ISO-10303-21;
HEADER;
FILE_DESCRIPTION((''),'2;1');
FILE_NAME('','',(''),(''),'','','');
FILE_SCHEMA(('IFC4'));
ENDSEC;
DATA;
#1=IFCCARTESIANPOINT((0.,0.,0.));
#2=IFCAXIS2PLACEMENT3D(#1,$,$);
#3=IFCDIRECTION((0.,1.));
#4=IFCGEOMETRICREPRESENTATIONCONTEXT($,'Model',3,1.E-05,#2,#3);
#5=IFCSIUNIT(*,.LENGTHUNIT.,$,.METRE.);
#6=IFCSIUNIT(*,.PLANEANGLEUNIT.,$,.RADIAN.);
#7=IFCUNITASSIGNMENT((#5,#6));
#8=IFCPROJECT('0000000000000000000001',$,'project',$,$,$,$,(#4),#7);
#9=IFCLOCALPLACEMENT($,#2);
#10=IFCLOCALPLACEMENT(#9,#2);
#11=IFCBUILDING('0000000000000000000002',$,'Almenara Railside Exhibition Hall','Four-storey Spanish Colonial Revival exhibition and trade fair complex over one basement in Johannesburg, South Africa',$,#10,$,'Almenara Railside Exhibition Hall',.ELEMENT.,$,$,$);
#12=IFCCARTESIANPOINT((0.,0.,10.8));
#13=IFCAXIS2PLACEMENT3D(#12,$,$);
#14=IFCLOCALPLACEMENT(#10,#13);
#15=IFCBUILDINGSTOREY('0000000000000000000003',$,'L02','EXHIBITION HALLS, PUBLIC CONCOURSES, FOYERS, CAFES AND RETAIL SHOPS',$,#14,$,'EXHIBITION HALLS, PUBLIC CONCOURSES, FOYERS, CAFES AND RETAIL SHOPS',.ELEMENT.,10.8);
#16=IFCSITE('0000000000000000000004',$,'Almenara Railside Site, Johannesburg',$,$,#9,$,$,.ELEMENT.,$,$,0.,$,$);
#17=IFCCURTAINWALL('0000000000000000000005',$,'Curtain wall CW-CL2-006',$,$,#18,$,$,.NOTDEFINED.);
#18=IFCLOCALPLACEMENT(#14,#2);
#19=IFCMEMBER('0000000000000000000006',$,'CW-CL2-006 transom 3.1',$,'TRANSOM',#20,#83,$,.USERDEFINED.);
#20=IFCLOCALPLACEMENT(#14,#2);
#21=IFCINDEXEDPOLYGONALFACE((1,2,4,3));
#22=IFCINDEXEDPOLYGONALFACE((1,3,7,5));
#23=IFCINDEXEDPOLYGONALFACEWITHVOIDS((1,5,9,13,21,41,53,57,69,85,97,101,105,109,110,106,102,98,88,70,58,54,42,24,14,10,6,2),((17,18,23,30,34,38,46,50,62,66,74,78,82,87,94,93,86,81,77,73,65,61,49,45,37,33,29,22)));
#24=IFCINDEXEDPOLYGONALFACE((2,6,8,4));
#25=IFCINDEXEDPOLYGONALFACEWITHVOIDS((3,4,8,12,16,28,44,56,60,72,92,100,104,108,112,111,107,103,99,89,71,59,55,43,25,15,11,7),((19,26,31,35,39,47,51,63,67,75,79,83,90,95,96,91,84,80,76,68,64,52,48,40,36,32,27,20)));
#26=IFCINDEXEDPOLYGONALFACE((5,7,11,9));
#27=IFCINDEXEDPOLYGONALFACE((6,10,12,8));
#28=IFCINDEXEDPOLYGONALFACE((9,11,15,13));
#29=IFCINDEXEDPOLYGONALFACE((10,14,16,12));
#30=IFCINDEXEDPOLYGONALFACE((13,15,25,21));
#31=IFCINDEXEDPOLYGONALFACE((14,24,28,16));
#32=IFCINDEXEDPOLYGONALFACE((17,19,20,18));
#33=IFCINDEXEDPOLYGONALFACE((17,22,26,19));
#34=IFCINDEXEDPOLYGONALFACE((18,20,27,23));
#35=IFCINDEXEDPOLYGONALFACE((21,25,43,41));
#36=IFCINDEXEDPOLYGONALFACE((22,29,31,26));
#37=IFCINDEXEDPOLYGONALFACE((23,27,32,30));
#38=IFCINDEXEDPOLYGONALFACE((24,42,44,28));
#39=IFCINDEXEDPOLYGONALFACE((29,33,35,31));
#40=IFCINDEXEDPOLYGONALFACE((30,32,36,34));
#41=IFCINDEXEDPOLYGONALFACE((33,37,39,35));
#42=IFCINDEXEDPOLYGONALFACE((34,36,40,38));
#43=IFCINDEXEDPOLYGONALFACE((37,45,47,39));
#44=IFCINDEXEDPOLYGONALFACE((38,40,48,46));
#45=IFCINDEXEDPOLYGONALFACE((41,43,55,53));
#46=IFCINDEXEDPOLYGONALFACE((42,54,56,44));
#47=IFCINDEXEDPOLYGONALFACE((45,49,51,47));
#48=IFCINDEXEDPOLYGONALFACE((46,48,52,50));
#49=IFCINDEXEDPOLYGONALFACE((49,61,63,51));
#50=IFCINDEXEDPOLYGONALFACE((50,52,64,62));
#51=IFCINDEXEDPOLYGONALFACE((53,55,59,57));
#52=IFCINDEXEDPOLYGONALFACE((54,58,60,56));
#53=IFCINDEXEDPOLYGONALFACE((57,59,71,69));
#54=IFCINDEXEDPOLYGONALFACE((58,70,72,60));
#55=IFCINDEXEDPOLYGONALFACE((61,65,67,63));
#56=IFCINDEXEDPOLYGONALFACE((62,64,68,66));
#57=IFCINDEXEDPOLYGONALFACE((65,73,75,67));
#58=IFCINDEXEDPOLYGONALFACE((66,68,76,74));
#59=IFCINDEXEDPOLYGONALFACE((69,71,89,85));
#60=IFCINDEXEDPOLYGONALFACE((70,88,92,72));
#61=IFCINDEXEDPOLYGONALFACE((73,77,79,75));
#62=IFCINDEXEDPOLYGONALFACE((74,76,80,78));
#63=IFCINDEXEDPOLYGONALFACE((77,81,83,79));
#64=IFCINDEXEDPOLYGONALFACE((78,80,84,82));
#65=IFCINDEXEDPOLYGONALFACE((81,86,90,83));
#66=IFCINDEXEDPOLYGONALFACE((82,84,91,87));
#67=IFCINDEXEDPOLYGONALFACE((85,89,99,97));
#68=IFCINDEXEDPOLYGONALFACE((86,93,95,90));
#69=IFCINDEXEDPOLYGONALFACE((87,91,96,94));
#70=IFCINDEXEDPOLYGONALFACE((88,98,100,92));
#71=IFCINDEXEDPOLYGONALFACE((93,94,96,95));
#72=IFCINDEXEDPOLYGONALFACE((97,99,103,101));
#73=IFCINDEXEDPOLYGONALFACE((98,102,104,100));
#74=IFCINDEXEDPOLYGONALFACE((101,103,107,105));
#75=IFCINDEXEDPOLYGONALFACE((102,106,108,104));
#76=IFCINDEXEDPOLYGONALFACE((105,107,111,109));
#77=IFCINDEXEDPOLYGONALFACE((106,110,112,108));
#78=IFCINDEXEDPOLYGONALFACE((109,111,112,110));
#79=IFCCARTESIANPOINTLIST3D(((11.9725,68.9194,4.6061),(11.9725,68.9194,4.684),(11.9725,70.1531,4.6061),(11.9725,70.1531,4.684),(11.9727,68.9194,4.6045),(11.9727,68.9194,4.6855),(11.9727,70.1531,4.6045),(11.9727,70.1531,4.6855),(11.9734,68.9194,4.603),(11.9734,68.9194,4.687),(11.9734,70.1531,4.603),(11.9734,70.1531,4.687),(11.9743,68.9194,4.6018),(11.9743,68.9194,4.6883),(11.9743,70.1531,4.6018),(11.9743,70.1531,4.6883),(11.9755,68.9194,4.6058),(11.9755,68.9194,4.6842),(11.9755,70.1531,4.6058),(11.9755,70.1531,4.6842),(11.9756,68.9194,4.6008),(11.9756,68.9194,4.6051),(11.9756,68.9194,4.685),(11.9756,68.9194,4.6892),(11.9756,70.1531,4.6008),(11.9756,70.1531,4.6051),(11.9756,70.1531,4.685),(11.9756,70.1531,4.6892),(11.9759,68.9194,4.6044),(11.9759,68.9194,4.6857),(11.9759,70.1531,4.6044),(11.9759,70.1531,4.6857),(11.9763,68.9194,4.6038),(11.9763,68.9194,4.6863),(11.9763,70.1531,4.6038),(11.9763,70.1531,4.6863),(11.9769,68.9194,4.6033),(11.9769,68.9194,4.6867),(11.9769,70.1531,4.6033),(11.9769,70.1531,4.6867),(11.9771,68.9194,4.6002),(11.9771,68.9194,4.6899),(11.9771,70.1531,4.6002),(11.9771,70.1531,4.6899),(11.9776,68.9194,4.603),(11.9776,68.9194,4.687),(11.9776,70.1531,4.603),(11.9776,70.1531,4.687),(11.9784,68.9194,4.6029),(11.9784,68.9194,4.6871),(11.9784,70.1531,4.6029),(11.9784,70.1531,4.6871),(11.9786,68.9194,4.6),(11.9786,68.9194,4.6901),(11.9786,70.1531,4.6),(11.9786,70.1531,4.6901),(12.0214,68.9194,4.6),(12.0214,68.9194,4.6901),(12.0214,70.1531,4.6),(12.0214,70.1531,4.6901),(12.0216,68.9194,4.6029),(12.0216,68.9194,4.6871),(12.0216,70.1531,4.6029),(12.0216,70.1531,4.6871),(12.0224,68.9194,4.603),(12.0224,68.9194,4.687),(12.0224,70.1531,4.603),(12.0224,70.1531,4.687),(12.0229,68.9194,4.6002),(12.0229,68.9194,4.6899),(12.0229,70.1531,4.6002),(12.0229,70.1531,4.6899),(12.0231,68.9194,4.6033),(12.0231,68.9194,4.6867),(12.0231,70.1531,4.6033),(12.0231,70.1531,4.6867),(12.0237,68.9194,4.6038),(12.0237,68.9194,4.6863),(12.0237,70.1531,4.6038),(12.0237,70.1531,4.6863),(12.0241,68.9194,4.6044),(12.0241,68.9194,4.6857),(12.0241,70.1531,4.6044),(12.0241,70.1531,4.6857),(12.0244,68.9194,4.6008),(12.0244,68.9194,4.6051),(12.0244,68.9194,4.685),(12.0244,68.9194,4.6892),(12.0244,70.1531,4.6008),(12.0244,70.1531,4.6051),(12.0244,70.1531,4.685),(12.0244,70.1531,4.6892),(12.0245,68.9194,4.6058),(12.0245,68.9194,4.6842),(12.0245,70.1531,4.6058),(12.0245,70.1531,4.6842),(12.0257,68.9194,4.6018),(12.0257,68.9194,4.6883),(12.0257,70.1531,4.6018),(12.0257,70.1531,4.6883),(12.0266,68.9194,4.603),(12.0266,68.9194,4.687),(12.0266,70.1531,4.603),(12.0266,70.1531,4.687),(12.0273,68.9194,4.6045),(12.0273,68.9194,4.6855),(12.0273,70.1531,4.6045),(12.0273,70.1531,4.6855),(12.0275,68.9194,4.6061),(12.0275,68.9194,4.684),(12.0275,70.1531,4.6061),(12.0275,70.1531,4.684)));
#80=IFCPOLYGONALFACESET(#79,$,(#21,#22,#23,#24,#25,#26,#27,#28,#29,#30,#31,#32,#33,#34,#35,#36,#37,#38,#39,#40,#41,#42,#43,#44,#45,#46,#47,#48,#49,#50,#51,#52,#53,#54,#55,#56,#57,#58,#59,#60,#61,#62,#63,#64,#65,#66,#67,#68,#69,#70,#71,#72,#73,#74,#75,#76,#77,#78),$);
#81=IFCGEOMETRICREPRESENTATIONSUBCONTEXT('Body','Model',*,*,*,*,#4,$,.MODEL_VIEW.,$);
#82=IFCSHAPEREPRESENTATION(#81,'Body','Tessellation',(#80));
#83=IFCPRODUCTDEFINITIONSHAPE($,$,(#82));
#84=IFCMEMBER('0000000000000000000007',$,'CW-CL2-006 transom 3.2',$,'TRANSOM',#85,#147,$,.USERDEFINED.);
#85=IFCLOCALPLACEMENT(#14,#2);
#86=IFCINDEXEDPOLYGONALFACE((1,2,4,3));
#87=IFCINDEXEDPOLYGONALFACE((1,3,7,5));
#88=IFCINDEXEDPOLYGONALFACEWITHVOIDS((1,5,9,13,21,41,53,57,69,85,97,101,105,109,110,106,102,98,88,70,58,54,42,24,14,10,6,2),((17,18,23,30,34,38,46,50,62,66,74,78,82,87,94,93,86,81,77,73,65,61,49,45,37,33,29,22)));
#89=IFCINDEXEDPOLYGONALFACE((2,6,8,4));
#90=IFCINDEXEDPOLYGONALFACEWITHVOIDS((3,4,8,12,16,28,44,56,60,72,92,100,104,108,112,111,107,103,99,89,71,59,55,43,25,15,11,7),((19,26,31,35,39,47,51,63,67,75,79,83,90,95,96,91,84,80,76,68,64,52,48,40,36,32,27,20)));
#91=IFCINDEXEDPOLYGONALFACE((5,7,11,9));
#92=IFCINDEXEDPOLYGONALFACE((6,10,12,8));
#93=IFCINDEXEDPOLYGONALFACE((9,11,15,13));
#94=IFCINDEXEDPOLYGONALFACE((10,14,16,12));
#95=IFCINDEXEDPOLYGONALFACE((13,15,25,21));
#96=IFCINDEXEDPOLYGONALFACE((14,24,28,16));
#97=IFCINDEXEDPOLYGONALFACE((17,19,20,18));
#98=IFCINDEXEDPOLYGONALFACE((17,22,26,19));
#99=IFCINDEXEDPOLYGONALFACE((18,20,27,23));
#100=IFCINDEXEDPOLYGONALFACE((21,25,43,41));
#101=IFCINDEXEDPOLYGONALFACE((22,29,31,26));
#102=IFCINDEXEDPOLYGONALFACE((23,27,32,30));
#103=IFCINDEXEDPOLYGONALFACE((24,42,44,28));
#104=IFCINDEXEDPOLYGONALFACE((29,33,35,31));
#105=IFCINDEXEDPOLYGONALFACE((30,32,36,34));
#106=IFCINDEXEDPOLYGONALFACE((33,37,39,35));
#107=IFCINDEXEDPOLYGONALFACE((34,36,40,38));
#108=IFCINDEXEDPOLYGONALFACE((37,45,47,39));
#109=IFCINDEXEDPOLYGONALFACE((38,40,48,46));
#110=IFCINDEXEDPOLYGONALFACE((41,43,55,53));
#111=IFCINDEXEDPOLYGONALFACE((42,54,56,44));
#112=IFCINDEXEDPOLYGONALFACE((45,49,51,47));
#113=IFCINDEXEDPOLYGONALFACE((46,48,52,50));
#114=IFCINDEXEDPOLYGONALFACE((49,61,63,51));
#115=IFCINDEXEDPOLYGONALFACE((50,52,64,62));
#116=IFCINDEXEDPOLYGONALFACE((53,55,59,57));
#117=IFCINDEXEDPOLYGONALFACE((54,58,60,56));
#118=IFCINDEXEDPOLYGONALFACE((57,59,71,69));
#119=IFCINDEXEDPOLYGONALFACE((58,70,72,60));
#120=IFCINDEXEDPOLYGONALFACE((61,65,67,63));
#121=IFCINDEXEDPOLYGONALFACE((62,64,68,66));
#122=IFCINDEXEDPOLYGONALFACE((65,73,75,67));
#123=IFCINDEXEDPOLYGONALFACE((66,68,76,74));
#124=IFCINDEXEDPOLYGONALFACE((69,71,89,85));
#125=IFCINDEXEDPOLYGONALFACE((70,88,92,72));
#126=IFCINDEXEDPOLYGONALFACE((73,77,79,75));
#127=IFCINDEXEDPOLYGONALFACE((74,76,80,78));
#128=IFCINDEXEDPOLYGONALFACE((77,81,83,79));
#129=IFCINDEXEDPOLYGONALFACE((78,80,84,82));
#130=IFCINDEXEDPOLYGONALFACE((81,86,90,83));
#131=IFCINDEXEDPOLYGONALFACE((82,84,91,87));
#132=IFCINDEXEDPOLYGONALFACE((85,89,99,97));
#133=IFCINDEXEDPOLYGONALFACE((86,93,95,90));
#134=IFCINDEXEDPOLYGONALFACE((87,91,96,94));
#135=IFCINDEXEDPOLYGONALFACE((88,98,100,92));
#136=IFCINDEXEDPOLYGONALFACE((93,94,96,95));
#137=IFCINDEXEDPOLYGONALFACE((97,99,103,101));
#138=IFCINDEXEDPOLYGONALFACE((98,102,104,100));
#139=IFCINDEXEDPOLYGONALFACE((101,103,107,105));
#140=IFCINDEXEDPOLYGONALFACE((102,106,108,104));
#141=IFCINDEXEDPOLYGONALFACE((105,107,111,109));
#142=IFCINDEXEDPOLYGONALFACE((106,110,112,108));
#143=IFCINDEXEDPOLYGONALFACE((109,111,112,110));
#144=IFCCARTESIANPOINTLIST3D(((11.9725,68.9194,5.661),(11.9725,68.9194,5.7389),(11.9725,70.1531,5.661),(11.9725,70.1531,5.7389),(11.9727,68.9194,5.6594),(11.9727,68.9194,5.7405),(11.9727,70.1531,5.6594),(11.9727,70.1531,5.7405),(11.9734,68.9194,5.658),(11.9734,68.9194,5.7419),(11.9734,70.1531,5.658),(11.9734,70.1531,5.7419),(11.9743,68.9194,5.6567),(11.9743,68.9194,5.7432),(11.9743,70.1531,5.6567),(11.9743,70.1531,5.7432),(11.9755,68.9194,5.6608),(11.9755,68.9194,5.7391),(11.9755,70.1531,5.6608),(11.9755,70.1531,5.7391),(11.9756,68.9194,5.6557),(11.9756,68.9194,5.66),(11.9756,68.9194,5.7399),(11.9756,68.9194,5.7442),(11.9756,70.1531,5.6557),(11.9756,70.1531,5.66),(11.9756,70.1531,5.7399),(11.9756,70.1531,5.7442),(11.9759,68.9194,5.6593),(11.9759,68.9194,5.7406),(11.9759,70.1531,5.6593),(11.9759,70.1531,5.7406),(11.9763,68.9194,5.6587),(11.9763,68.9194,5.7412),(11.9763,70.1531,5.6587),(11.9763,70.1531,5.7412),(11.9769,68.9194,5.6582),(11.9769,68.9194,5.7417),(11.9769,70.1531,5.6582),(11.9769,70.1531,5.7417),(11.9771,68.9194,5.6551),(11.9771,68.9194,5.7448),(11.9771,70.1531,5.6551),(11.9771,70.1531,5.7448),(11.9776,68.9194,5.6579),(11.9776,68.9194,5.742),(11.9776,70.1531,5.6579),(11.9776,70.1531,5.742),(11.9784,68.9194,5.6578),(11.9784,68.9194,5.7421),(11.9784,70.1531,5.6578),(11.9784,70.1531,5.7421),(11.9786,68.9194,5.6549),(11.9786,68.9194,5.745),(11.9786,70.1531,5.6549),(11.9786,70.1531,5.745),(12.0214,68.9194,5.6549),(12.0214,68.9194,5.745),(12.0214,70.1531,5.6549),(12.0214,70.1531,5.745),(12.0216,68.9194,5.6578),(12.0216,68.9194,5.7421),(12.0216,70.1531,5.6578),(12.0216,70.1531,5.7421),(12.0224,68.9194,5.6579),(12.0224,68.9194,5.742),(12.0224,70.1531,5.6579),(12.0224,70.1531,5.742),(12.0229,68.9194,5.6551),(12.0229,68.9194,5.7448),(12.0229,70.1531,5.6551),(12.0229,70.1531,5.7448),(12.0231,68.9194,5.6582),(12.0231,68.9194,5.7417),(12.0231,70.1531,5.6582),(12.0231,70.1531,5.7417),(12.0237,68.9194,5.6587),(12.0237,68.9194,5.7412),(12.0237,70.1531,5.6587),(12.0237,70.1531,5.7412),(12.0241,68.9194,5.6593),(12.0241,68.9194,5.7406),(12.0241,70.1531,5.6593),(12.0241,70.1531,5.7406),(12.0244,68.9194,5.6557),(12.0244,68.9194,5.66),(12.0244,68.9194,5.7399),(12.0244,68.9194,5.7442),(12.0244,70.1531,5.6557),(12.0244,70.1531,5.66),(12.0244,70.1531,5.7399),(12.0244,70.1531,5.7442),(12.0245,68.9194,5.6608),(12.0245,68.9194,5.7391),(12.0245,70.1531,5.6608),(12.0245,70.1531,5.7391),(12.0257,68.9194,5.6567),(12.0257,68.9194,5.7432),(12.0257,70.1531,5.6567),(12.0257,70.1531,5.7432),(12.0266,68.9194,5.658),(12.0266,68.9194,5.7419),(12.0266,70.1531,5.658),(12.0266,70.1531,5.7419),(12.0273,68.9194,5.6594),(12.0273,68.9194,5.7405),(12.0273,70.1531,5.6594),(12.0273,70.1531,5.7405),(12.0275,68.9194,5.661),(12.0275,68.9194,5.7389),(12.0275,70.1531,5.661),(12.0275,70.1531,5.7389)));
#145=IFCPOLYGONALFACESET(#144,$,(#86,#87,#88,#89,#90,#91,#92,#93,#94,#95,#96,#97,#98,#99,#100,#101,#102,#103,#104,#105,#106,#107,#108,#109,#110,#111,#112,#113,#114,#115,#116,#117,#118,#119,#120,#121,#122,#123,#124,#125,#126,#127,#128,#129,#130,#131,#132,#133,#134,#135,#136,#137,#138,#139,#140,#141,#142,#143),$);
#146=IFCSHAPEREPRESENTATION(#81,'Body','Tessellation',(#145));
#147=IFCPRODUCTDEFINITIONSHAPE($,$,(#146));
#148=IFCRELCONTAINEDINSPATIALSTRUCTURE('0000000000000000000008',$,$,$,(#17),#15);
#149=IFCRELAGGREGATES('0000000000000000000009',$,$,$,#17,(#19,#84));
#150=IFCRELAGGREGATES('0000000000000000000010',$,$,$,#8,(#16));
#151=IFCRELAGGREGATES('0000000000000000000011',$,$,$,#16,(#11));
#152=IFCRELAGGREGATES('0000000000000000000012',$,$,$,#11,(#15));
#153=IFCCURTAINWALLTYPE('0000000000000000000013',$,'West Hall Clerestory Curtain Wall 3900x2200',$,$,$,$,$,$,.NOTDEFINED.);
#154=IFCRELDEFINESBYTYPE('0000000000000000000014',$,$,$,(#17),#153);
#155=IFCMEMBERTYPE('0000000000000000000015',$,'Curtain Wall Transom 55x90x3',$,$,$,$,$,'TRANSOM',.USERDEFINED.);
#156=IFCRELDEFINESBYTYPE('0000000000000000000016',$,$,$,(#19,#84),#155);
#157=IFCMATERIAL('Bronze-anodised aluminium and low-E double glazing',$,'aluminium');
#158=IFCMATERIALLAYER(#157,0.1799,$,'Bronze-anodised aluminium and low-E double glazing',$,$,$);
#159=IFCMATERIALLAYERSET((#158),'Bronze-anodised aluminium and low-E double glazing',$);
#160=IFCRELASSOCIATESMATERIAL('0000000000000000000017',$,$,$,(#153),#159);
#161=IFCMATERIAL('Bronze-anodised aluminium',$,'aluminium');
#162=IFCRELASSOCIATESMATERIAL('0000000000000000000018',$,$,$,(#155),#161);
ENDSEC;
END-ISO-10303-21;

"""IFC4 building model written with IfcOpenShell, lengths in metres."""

from ifc_helpers import new_model, si_unit, direction, frame, origin, origin_2d, place, context, subcontext, project, spatial, hollow_rectangle, extrude, material, layer, layer_set, material_profile, profile_set, type_object, element, aggregate, save


model = new_model("IFC4")

# Units and contexts
model_context = context("Model", 3, precision=1e-05, world=origin(), true_north=direction((0.0, 1.0)))
body_context = subcontext(model_context, "Body", "Model", "MODEL_VIEW")
ifc_project = project(units=[si_unit("LENGTHUNIT", "METRE"), si_unit("PLANEANGLEUNIT", "RADIAN")], contexts=[model_context])

# Site, building, storey
site_placement = place(None, origin())
site = spatial("IfcSite", under=ifc_project, at=site_placement, Name="Almenara Railside Site, Johannesburg", CompositionType="ELEMENT", RefElevation=0.0)
building_placement = place(site_placement, origin())
building = spatial("IfcBuilding", under=site, at=building_placement, Name="Almenara Railside Exhibition Hall", Description="Four-storey Spanish Colonial Revival exhibition and trade fair complex over one basement in Johannesburg, South Africa", LongName="Almenara Railside Exhibition Hall", CompositionType="ELEMENT")
storey_placement = place(building_placement, frame((0.0, 0.0, 10.8)))
storey = spatial("IfcBuildingStorey", under=building, at=storey_placement, Name="L02", Description="EXHIBITION HALLS, PUBLIC CONCOURSES, FOYERS, CAFES AND RETAIL SHOPS", LongName="EXHIBITION HALLS, PUBLIC CONCOURSES, FOYERS, CAFES AND RETAIL SHOPS", CompositionType="ELEMENT", Elevation=10.8)

# Curtain wall
ifc_material_1 = material(Name="Bronze-anodised aluminium and low-E double glazing", Category="aluminium")
ifc_layer_1 = layer(ifc_material_1, 0.1799, Name="Bronze-anodised aluminium and low-E double glazing")
ifc_layer_set_1 = layer_set([ifc_layer_1], Name="Bronze-anodised aluminium and low-E double glazing")
curtain_wall_type = type_object("IfcCurtainWallType", Name="West Hall Clerestory Curtain Wall 3900x2200", PredefinedType="NOTDEFINED", material=ifc_layer_set_1)
curtain_wall_1_placement = place(storey_placement, origin())
curtain_wall_1 = element("IfcCurtainWall", 1, at=curtain_wall_1_placement, inside=storey, type_object=curtain_wall_type, Name="Curtain wall CW-CL2-006", PredefinedType="NOTDEFINED")
ifc_material_2 = material(Name="Bronze-anodised aluminium", Category="aluminium")

# Members
ifc_material_profile_1 = material_profile(ifc_material_2, hollow_rectangle(XDim=0.0549, YDim=0.0901, WallThickness=0.0029, InnerFilletRadius=0.0029, OuterFilletRadius=0.0061, at=origin_2d()), Name="ALU-TRN 55x90x3")
ifc_profile_set_1 = profile_set([ifc_material_profile_1], Name="Bronze-anodised aluminium")
member_type_1 = type_object("IfcMemberType", Name="Curtain Wall Transom 55x90x3", ElementType="TRANSOM", PredefinedType="USERDEFINED", material=ifc_profile_set_1)
member_1_placement = place(storey_placement, frame((12.0, 68.9194, 4.645), z_axis=(0.0, 1.0, 0.0), x_axis=(-1.0, 0.0, 0.0)))
member_1 = element("IfcMember", 2, at=member_1_placement, type_object=member_type_1, Name="CW-CL2-006 transom 3.1", ObjectType="TRANSOM", PredefinedType="USERDEFINED", context=body_context, shape_type="SweptSolid", body=[
    extrude(hollow_rectangle(XDim=0.0549, YDim=0.0901, WallThickness=0.0029, InnerFilletRadius=0.0029, OuterFilletRadius=0.0061, at=origin_2d()), origin(), (0.0, 0.0, 1.0), 1.2336),
])
member_2_placement = place(storey_placement, frame((12.0, 68.9194, 5.7), z_axis=(0.0, 1.0, 0.0), x_axis=(-1.0, 0.0, 0.0)))
member_2 = element("IfcMember", 3, at=member_2_placement, type_object=member_type_1, Name="CW-CL2-006 transom 3.2", ObjectType="TRANSOM", PredefinedType="USERDEFINED", context=body_context, shape_type="SweptSolid", body=[
    extrude(hollow_rectangle(XDim=0.0549, YDim=0.0901, WallThickness=0.0029, InnerFilletRadius=0.0029, OuterFilletRadius=0.0061, at=origin_2d()), origin(), (0.0, 0.0, 1.0), 1.2336),
])

aggregate(curtain_wall_1, [member_1, member_2])

save(model, "model.ifc")
